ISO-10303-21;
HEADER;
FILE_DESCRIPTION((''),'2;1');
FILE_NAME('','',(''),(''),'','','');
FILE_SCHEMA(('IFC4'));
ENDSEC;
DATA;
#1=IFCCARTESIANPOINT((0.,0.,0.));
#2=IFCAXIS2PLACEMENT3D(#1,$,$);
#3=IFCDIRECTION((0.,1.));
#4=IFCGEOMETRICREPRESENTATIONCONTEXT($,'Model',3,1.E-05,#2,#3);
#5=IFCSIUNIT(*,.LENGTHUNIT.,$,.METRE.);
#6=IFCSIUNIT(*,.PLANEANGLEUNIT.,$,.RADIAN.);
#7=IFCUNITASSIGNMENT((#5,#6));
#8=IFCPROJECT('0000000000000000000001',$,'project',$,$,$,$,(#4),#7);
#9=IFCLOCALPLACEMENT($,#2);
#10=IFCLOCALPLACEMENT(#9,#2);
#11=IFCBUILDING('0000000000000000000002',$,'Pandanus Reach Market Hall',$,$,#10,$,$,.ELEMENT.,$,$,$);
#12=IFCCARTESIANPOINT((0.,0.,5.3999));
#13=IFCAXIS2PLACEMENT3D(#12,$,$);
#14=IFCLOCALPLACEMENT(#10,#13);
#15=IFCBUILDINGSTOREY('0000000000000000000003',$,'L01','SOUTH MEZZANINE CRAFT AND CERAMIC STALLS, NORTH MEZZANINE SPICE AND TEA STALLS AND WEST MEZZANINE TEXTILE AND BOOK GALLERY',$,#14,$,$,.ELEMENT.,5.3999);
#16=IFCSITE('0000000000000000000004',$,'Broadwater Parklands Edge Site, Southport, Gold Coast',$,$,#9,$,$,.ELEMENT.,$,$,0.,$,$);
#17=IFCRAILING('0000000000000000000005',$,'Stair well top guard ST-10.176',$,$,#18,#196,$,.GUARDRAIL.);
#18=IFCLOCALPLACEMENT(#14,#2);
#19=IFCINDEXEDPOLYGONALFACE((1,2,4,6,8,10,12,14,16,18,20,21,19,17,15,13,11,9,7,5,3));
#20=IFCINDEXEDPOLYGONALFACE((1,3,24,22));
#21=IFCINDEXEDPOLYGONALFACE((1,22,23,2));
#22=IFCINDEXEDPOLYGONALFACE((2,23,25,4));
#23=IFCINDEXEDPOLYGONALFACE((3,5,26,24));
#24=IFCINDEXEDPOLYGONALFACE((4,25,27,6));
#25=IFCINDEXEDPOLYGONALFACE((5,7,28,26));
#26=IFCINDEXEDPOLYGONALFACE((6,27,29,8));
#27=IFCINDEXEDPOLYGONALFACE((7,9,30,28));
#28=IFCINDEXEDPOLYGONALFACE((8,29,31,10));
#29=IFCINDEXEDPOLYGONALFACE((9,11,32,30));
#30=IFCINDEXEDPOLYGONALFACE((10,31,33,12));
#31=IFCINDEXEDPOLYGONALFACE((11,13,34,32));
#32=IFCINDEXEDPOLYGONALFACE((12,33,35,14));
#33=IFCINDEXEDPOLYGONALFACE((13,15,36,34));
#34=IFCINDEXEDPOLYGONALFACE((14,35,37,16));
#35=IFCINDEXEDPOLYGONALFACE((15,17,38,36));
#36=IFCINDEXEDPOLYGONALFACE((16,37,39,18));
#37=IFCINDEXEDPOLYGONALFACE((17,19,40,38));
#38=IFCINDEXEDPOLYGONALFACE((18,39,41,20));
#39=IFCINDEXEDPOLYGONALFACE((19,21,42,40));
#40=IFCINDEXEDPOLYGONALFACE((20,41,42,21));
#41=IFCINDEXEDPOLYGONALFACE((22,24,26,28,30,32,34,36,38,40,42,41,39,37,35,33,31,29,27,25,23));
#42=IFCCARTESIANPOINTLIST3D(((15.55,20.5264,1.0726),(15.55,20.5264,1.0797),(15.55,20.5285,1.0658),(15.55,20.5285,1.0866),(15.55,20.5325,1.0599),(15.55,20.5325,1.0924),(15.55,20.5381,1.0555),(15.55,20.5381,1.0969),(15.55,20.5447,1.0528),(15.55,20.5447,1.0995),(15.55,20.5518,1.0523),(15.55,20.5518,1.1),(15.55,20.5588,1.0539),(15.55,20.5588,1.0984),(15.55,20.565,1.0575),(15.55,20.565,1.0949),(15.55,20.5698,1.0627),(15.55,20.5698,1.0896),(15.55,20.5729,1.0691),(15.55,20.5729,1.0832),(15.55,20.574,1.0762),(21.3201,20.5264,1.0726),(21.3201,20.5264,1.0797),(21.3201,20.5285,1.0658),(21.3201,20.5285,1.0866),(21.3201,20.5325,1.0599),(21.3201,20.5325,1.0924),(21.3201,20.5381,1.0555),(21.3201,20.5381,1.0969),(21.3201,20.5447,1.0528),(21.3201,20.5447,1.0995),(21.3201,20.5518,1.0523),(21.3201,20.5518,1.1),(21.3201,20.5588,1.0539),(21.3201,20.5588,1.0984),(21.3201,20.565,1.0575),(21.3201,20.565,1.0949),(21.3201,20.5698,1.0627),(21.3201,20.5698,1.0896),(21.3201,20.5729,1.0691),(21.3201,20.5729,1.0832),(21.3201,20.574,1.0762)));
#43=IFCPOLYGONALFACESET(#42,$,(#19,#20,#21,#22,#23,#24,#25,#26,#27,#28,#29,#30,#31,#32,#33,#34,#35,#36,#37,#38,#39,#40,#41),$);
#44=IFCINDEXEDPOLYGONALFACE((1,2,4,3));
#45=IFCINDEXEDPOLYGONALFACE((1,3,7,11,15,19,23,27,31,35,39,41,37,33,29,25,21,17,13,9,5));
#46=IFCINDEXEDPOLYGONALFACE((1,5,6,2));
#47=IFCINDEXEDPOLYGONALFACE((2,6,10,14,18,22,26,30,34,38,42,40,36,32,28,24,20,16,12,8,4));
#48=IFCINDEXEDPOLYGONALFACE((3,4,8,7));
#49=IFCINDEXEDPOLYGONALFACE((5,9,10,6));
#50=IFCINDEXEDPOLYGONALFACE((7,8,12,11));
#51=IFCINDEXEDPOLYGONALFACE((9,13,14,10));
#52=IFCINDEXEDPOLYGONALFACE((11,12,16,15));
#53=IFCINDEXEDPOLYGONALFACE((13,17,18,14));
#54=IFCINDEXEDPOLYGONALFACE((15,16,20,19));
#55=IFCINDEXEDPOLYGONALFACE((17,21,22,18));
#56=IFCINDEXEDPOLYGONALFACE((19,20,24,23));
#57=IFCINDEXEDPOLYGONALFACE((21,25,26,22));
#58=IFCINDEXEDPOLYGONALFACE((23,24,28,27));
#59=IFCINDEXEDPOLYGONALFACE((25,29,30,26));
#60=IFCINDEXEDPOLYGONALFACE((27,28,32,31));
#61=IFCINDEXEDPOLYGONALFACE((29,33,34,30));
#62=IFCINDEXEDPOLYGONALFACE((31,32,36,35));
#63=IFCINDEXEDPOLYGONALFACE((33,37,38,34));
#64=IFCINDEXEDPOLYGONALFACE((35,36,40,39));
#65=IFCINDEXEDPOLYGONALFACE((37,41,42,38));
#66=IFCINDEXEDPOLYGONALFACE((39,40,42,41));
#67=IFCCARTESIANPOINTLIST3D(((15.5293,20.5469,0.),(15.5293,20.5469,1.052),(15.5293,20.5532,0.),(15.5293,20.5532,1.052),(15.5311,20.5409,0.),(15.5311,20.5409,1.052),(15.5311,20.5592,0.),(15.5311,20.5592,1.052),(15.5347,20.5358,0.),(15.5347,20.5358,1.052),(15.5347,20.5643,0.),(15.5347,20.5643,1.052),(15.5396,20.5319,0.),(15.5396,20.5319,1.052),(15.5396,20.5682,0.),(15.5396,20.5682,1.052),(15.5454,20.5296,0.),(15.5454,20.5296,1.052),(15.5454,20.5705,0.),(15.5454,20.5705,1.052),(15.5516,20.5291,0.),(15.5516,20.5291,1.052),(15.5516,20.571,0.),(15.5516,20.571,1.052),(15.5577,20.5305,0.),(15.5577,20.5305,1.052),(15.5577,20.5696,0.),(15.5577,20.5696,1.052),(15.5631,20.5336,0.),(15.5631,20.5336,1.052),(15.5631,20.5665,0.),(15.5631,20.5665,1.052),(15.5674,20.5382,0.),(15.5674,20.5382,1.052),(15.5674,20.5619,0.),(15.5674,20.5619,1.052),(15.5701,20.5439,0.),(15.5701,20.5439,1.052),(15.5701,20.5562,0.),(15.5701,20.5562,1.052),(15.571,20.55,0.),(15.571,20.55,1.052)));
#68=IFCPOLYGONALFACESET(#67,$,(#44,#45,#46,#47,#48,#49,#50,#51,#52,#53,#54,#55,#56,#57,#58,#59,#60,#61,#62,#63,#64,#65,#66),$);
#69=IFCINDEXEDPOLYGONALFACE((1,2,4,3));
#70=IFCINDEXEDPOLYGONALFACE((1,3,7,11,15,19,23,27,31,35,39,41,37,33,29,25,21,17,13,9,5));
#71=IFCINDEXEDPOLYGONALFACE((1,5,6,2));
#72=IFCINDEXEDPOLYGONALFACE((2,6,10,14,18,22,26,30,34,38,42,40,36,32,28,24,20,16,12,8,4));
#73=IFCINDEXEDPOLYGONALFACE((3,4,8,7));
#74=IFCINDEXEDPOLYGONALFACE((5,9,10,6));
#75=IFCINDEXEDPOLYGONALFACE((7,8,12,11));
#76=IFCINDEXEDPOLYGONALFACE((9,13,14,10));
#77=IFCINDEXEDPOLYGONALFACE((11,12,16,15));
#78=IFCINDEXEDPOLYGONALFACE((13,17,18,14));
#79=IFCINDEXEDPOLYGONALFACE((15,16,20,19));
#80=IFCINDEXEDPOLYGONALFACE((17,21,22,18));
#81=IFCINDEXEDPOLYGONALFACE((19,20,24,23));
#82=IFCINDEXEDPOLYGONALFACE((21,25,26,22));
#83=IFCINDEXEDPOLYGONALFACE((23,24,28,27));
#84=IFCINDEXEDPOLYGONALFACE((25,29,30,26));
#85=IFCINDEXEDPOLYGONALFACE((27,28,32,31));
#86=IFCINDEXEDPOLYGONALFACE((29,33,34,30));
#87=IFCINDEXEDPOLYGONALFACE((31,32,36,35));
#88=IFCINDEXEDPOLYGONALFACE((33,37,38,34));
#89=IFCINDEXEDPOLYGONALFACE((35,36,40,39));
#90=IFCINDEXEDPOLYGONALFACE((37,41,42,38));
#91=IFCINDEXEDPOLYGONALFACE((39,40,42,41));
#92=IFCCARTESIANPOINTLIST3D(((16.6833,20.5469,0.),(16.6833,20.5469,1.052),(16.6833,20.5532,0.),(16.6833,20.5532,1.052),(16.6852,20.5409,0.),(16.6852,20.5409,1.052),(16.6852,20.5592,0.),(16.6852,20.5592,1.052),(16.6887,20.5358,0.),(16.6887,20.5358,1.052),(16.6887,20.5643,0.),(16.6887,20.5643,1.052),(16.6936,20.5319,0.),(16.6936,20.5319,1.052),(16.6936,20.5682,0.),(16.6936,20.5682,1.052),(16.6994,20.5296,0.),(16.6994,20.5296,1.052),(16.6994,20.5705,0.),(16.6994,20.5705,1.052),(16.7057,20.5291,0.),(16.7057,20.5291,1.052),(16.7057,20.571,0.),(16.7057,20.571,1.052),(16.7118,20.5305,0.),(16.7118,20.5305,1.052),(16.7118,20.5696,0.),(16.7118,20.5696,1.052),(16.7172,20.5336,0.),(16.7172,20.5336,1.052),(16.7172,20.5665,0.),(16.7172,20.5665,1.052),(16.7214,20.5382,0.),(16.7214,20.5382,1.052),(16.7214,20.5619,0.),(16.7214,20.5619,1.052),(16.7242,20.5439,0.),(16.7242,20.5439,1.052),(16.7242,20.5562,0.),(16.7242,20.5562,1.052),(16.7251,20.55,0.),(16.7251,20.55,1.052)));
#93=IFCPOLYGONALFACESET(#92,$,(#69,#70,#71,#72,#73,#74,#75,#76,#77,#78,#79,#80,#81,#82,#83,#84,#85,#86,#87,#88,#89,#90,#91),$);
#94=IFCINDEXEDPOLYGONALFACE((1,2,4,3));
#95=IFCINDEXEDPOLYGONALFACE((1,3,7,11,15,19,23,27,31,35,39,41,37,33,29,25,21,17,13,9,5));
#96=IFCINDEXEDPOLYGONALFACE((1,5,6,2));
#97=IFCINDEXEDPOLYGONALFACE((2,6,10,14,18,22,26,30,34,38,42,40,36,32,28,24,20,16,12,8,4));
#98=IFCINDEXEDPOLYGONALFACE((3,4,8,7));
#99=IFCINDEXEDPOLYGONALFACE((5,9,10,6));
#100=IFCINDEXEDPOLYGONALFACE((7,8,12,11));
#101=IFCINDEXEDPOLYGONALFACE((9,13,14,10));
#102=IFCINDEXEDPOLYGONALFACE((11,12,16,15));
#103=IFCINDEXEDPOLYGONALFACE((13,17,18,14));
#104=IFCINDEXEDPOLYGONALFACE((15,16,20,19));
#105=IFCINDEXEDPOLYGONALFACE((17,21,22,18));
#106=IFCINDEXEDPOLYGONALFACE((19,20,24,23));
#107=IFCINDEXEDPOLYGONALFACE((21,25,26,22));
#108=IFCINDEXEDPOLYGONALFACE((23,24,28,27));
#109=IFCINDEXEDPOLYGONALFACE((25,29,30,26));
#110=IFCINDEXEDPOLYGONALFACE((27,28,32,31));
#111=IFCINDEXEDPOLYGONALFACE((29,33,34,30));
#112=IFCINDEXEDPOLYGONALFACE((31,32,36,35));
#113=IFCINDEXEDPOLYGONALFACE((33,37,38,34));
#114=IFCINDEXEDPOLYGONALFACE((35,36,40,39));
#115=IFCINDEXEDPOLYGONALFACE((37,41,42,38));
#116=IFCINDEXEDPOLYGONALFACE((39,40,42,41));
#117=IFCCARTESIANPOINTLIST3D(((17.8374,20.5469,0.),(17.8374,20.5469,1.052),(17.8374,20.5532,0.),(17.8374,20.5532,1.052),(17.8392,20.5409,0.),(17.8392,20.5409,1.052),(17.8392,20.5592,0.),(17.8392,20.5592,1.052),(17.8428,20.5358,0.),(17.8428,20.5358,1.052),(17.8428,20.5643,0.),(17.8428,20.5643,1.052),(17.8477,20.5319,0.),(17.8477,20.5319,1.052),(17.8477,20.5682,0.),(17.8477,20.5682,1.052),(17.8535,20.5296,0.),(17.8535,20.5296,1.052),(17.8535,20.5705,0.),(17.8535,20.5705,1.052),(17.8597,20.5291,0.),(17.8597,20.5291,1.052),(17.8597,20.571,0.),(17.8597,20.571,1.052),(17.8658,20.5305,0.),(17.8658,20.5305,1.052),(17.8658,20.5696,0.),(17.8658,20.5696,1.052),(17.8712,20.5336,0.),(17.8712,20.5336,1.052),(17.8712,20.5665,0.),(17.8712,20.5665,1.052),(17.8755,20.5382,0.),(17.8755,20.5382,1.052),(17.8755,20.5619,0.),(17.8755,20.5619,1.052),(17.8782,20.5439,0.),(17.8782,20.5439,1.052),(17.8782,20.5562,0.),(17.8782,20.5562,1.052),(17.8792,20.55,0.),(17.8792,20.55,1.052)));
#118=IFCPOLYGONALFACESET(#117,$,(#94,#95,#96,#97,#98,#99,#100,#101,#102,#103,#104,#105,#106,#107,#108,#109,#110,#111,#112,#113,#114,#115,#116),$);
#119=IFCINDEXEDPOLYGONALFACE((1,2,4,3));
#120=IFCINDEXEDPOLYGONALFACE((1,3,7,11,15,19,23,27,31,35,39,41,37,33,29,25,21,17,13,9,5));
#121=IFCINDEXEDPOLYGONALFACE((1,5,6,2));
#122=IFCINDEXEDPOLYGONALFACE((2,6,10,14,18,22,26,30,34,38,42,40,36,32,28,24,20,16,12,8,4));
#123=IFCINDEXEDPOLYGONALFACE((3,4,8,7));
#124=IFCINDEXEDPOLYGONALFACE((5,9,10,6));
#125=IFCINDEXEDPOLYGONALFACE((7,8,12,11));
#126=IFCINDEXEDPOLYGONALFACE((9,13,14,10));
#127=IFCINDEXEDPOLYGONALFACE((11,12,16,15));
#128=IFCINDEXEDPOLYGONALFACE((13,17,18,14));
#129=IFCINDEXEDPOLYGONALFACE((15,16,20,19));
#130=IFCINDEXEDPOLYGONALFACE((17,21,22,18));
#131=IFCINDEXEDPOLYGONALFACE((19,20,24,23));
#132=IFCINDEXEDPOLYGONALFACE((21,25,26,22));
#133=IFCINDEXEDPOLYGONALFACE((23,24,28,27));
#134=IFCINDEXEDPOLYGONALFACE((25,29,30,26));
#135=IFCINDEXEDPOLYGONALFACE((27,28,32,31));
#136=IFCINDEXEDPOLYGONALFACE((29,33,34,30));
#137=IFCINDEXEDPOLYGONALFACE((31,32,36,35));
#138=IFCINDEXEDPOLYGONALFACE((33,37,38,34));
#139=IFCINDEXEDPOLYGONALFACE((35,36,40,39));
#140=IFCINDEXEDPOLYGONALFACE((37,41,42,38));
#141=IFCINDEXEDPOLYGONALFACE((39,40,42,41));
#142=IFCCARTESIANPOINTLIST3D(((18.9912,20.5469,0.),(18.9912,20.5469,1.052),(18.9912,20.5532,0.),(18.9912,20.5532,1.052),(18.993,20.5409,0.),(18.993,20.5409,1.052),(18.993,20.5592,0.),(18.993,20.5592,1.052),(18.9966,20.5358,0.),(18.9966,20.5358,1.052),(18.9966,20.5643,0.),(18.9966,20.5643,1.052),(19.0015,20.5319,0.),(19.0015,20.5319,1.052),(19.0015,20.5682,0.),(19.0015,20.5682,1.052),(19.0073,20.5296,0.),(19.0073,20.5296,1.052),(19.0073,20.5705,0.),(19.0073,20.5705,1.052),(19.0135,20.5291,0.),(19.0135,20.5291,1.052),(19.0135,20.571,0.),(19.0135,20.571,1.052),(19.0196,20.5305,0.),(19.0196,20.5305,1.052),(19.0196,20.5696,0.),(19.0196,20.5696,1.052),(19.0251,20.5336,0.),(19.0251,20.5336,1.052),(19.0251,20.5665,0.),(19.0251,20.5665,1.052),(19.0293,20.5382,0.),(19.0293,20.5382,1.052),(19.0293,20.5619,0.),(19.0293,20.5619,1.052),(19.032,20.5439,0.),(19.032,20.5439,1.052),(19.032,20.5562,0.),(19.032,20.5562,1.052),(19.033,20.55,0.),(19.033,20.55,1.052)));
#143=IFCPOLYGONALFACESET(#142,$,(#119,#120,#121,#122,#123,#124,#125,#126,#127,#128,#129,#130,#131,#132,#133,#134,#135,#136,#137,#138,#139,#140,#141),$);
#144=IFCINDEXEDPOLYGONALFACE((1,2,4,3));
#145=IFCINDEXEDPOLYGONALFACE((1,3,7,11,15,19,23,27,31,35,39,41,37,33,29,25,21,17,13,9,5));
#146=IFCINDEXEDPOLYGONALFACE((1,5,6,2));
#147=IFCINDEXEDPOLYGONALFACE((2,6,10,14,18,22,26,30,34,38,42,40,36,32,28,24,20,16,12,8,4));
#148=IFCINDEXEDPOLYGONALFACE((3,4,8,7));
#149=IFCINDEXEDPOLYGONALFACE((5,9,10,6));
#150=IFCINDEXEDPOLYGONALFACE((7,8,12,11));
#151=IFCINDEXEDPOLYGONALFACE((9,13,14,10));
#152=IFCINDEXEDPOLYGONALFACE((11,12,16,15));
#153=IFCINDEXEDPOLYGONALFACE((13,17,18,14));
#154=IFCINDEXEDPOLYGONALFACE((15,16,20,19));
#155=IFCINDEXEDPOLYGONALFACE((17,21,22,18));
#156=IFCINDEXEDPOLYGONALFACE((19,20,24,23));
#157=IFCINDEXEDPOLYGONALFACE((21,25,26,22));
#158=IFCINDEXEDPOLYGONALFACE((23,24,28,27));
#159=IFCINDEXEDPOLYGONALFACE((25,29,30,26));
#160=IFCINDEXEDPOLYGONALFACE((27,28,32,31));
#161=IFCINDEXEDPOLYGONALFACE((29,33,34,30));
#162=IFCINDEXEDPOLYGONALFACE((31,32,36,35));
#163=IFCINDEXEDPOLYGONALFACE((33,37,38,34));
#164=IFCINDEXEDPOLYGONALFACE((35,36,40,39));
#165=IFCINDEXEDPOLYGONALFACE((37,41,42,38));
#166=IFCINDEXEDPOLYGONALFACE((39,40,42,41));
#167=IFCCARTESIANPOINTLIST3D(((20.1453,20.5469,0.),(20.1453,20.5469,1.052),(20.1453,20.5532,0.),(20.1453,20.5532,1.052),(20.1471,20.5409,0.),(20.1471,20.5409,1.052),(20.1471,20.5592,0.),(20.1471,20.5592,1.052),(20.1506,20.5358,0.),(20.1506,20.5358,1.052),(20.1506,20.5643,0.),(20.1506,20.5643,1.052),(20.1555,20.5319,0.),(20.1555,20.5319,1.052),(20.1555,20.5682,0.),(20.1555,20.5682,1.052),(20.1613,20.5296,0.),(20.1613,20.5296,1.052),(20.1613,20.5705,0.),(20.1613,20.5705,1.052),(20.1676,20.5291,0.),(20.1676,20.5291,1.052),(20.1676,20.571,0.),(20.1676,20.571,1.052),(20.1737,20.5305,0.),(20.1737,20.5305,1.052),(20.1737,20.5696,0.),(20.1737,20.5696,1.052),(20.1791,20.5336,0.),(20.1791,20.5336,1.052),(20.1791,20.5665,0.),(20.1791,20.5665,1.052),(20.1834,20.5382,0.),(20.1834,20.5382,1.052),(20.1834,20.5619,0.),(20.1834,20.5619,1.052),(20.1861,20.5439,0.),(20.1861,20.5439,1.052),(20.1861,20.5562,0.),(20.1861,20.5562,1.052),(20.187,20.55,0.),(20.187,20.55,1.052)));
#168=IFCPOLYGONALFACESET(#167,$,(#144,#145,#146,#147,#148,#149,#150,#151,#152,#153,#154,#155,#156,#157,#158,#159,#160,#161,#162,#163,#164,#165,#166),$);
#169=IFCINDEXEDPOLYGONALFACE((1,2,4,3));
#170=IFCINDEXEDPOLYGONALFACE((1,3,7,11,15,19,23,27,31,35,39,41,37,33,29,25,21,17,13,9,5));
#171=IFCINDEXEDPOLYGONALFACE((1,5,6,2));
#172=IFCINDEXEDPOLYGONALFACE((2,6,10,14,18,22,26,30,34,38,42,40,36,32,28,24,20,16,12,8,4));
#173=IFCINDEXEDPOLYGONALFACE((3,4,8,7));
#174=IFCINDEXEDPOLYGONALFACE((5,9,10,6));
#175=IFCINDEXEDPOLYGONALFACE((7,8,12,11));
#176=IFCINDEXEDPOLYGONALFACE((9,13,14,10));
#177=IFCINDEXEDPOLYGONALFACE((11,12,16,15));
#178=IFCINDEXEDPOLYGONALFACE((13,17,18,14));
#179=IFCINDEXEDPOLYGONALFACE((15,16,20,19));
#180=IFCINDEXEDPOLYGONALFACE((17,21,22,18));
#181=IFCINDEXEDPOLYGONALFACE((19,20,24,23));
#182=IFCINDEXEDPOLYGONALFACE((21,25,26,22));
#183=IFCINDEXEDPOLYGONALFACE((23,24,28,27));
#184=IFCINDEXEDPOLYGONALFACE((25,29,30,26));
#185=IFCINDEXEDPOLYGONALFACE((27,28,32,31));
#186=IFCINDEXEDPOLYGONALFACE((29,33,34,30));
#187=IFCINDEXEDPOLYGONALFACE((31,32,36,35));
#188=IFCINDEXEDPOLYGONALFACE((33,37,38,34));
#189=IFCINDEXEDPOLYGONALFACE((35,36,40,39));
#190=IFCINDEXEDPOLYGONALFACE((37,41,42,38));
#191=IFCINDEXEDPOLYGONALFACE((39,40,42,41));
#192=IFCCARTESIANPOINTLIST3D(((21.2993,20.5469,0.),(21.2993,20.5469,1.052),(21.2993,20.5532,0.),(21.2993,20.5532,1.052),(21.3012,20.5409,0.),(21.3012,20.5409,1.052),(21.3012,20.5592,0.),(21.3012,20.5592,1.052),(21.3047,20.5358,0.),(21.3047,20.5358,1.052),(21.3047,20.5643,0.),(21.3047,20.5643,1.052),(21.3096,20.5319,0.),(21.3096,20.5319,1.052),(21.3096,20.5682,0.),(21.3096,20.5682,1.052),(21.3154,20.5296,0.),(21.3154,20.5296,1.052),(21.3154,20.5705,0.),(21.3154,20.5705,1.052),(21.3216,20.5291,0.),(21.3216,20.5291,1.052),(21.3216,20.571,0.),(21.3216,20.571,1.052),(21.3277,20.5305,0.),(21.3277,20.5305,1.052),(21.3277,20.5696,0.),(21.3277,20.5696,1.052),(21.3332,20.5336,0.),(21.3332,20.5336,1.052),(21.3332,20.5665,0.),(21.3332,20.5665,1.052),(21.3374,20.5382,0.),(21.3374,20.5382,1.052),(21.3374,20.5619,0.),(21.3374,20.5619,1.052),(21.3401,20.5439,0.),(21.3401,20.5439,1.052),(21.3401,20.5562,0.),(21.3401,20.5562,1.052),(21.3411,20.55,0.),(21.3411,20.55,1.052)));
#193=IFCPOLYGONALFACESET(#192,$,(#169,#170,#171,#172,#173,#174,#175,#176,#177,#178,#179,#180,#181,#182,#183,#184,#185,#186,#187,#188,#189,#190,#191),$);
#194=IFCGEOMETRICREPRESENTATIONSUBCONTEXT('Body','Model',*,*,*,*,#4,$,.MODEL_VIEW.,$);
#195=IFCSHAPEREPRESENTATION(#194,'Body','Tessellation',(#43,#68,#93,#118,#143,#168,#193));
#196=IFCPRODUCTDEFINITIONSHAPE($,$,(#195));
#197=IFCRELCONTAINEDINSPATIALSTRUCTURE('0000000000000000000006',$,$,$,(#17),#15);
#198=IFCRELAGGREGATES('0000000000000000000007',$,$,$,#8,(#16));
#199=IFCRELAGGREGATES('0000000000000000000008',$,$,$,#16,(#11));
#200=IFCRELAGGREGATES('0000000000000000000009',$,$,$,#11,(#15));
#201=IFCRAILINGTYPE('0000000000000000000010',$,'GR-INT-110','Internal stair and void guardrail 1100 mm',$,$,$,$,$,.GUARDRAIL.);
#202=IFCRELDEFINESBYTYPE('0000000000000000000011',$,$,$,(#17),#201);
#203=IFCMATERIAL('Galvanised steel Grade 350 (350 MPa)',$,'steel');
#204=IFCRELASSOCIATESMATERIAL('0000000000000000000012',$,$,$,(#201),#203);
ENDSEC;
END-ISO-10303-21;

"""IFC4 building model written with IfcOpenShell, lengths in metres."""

from ifc_helpers import new_model, si_unit, direction, frame, origin, origin_2d, place, context, subcontext, project, spatial, circle, extrude, material, type_object, element, save


model = new_model("IFC4")

# Units and contexts
model_context = context("Model", 3, precision=1e-05, world=origin(), true_north=direction((0.0, 1.0)))
body_context = subcontext(model_context, "Body", "Model", "MODEL_VIEW")
ifc_project = project(units=[si_unit("LENGTHUNIT", "METRE"), si_unit("PLANEANGLEUNIT", "RADIAN")], contexts=[model_context])

# Site, building, storey
site_placement = place(None, origin())
site = spatial("IfcSite", under=ifc_project, at=site_placement, Name="Broadwater Parklands Edge Site, Southport, Gold Coast", CompositionType="ELEMENT", RefElevation=0.0)
building_placement = place(site_placement, origin())
building = spatial("IfcBuilding", under=site, at=building_placement, Name="Pandanus Reach Market Hall", CompositionType="ELEMENT")
storey_placement = place(building_placement, frame((0.0, 0.0, 5.3999)))
storey = spatial("IfcBuildingStorey", under=building, at=storey_placement, Name="L01", Description="SOUTH MEZZANINE CRAFT AND CERAMIC STALLS, NORTH MEZZANINE SPICE AND TEA STALLS AND WEST MEZZANINE TEXTILE AND BOOK GALLERY", CompositionType="ELEMENT", Elevation=5.3999)

# Railing
ifc_material_1 = material(Name="Galvanised steel Grade 350 (350 MPa)", Category="steel")
railing_type = type_object("IfcRailingType", Name="GR-INT-110", Description="Internal stair and void guardrail 1100 mm", PredefinedType="GUARDRAIL", material=ifc_material_1)
for number, where, name in (
    (1, (15.55, 20.55, 0.0), "Stair well top guard ST-10.176"),
):
    element("IfcRailing", number, at=place(storey_placement, frame(where)), inside=storey, type_object=railing_type, Name=name, PredefinedType="GUARDRAIL", context=body_context, shape_type="SweptSolid", body=[
        extrude(circle(Radius=0.0239, at=origin_2d()), frame((0.0, 0.0, 1.0762), z_axis=(1.0, 0.0, 0.0), x_axis=(0.0, 1.0, 0.0)), (0.0, 0.0, 1.0), 5.77),
        extrude(circle(Radius=0.021, at=origin_2d()), origin(), (0.0, 0.0, 1.0), 1.052),
        extrude(circle(Radius=0.021, at=origin_2d()), frame((1.1541, 0.0, 0.0)), (0.0, 0.0, 1.0), 1.052),
        extrude(circle(Radius=0.021, at=origin_2d()), frame((2.3081, 0.0, 0.0)), (0.0, 0.0, 1.0), 1.052),
        extrude(circle(Radius=0.021, at=origin_2d()), frame((3.4619, 0.0, 0.0)), (0.0, 0.0, 1.0), 1.052),
        extrude(circle(Radius=0.021, at=origin_2d()), frame((4.616, 0.0, 0.0)), (0.0, 0.0, 1.0), 1.052),
        extrude(circle(Radius=0.021, at=origin_2d()), frame((5.77, 0.0, 0.0)), (0.0, 0.0, 1.0), 1.052),
    ])

save(model, "model.ifc")
